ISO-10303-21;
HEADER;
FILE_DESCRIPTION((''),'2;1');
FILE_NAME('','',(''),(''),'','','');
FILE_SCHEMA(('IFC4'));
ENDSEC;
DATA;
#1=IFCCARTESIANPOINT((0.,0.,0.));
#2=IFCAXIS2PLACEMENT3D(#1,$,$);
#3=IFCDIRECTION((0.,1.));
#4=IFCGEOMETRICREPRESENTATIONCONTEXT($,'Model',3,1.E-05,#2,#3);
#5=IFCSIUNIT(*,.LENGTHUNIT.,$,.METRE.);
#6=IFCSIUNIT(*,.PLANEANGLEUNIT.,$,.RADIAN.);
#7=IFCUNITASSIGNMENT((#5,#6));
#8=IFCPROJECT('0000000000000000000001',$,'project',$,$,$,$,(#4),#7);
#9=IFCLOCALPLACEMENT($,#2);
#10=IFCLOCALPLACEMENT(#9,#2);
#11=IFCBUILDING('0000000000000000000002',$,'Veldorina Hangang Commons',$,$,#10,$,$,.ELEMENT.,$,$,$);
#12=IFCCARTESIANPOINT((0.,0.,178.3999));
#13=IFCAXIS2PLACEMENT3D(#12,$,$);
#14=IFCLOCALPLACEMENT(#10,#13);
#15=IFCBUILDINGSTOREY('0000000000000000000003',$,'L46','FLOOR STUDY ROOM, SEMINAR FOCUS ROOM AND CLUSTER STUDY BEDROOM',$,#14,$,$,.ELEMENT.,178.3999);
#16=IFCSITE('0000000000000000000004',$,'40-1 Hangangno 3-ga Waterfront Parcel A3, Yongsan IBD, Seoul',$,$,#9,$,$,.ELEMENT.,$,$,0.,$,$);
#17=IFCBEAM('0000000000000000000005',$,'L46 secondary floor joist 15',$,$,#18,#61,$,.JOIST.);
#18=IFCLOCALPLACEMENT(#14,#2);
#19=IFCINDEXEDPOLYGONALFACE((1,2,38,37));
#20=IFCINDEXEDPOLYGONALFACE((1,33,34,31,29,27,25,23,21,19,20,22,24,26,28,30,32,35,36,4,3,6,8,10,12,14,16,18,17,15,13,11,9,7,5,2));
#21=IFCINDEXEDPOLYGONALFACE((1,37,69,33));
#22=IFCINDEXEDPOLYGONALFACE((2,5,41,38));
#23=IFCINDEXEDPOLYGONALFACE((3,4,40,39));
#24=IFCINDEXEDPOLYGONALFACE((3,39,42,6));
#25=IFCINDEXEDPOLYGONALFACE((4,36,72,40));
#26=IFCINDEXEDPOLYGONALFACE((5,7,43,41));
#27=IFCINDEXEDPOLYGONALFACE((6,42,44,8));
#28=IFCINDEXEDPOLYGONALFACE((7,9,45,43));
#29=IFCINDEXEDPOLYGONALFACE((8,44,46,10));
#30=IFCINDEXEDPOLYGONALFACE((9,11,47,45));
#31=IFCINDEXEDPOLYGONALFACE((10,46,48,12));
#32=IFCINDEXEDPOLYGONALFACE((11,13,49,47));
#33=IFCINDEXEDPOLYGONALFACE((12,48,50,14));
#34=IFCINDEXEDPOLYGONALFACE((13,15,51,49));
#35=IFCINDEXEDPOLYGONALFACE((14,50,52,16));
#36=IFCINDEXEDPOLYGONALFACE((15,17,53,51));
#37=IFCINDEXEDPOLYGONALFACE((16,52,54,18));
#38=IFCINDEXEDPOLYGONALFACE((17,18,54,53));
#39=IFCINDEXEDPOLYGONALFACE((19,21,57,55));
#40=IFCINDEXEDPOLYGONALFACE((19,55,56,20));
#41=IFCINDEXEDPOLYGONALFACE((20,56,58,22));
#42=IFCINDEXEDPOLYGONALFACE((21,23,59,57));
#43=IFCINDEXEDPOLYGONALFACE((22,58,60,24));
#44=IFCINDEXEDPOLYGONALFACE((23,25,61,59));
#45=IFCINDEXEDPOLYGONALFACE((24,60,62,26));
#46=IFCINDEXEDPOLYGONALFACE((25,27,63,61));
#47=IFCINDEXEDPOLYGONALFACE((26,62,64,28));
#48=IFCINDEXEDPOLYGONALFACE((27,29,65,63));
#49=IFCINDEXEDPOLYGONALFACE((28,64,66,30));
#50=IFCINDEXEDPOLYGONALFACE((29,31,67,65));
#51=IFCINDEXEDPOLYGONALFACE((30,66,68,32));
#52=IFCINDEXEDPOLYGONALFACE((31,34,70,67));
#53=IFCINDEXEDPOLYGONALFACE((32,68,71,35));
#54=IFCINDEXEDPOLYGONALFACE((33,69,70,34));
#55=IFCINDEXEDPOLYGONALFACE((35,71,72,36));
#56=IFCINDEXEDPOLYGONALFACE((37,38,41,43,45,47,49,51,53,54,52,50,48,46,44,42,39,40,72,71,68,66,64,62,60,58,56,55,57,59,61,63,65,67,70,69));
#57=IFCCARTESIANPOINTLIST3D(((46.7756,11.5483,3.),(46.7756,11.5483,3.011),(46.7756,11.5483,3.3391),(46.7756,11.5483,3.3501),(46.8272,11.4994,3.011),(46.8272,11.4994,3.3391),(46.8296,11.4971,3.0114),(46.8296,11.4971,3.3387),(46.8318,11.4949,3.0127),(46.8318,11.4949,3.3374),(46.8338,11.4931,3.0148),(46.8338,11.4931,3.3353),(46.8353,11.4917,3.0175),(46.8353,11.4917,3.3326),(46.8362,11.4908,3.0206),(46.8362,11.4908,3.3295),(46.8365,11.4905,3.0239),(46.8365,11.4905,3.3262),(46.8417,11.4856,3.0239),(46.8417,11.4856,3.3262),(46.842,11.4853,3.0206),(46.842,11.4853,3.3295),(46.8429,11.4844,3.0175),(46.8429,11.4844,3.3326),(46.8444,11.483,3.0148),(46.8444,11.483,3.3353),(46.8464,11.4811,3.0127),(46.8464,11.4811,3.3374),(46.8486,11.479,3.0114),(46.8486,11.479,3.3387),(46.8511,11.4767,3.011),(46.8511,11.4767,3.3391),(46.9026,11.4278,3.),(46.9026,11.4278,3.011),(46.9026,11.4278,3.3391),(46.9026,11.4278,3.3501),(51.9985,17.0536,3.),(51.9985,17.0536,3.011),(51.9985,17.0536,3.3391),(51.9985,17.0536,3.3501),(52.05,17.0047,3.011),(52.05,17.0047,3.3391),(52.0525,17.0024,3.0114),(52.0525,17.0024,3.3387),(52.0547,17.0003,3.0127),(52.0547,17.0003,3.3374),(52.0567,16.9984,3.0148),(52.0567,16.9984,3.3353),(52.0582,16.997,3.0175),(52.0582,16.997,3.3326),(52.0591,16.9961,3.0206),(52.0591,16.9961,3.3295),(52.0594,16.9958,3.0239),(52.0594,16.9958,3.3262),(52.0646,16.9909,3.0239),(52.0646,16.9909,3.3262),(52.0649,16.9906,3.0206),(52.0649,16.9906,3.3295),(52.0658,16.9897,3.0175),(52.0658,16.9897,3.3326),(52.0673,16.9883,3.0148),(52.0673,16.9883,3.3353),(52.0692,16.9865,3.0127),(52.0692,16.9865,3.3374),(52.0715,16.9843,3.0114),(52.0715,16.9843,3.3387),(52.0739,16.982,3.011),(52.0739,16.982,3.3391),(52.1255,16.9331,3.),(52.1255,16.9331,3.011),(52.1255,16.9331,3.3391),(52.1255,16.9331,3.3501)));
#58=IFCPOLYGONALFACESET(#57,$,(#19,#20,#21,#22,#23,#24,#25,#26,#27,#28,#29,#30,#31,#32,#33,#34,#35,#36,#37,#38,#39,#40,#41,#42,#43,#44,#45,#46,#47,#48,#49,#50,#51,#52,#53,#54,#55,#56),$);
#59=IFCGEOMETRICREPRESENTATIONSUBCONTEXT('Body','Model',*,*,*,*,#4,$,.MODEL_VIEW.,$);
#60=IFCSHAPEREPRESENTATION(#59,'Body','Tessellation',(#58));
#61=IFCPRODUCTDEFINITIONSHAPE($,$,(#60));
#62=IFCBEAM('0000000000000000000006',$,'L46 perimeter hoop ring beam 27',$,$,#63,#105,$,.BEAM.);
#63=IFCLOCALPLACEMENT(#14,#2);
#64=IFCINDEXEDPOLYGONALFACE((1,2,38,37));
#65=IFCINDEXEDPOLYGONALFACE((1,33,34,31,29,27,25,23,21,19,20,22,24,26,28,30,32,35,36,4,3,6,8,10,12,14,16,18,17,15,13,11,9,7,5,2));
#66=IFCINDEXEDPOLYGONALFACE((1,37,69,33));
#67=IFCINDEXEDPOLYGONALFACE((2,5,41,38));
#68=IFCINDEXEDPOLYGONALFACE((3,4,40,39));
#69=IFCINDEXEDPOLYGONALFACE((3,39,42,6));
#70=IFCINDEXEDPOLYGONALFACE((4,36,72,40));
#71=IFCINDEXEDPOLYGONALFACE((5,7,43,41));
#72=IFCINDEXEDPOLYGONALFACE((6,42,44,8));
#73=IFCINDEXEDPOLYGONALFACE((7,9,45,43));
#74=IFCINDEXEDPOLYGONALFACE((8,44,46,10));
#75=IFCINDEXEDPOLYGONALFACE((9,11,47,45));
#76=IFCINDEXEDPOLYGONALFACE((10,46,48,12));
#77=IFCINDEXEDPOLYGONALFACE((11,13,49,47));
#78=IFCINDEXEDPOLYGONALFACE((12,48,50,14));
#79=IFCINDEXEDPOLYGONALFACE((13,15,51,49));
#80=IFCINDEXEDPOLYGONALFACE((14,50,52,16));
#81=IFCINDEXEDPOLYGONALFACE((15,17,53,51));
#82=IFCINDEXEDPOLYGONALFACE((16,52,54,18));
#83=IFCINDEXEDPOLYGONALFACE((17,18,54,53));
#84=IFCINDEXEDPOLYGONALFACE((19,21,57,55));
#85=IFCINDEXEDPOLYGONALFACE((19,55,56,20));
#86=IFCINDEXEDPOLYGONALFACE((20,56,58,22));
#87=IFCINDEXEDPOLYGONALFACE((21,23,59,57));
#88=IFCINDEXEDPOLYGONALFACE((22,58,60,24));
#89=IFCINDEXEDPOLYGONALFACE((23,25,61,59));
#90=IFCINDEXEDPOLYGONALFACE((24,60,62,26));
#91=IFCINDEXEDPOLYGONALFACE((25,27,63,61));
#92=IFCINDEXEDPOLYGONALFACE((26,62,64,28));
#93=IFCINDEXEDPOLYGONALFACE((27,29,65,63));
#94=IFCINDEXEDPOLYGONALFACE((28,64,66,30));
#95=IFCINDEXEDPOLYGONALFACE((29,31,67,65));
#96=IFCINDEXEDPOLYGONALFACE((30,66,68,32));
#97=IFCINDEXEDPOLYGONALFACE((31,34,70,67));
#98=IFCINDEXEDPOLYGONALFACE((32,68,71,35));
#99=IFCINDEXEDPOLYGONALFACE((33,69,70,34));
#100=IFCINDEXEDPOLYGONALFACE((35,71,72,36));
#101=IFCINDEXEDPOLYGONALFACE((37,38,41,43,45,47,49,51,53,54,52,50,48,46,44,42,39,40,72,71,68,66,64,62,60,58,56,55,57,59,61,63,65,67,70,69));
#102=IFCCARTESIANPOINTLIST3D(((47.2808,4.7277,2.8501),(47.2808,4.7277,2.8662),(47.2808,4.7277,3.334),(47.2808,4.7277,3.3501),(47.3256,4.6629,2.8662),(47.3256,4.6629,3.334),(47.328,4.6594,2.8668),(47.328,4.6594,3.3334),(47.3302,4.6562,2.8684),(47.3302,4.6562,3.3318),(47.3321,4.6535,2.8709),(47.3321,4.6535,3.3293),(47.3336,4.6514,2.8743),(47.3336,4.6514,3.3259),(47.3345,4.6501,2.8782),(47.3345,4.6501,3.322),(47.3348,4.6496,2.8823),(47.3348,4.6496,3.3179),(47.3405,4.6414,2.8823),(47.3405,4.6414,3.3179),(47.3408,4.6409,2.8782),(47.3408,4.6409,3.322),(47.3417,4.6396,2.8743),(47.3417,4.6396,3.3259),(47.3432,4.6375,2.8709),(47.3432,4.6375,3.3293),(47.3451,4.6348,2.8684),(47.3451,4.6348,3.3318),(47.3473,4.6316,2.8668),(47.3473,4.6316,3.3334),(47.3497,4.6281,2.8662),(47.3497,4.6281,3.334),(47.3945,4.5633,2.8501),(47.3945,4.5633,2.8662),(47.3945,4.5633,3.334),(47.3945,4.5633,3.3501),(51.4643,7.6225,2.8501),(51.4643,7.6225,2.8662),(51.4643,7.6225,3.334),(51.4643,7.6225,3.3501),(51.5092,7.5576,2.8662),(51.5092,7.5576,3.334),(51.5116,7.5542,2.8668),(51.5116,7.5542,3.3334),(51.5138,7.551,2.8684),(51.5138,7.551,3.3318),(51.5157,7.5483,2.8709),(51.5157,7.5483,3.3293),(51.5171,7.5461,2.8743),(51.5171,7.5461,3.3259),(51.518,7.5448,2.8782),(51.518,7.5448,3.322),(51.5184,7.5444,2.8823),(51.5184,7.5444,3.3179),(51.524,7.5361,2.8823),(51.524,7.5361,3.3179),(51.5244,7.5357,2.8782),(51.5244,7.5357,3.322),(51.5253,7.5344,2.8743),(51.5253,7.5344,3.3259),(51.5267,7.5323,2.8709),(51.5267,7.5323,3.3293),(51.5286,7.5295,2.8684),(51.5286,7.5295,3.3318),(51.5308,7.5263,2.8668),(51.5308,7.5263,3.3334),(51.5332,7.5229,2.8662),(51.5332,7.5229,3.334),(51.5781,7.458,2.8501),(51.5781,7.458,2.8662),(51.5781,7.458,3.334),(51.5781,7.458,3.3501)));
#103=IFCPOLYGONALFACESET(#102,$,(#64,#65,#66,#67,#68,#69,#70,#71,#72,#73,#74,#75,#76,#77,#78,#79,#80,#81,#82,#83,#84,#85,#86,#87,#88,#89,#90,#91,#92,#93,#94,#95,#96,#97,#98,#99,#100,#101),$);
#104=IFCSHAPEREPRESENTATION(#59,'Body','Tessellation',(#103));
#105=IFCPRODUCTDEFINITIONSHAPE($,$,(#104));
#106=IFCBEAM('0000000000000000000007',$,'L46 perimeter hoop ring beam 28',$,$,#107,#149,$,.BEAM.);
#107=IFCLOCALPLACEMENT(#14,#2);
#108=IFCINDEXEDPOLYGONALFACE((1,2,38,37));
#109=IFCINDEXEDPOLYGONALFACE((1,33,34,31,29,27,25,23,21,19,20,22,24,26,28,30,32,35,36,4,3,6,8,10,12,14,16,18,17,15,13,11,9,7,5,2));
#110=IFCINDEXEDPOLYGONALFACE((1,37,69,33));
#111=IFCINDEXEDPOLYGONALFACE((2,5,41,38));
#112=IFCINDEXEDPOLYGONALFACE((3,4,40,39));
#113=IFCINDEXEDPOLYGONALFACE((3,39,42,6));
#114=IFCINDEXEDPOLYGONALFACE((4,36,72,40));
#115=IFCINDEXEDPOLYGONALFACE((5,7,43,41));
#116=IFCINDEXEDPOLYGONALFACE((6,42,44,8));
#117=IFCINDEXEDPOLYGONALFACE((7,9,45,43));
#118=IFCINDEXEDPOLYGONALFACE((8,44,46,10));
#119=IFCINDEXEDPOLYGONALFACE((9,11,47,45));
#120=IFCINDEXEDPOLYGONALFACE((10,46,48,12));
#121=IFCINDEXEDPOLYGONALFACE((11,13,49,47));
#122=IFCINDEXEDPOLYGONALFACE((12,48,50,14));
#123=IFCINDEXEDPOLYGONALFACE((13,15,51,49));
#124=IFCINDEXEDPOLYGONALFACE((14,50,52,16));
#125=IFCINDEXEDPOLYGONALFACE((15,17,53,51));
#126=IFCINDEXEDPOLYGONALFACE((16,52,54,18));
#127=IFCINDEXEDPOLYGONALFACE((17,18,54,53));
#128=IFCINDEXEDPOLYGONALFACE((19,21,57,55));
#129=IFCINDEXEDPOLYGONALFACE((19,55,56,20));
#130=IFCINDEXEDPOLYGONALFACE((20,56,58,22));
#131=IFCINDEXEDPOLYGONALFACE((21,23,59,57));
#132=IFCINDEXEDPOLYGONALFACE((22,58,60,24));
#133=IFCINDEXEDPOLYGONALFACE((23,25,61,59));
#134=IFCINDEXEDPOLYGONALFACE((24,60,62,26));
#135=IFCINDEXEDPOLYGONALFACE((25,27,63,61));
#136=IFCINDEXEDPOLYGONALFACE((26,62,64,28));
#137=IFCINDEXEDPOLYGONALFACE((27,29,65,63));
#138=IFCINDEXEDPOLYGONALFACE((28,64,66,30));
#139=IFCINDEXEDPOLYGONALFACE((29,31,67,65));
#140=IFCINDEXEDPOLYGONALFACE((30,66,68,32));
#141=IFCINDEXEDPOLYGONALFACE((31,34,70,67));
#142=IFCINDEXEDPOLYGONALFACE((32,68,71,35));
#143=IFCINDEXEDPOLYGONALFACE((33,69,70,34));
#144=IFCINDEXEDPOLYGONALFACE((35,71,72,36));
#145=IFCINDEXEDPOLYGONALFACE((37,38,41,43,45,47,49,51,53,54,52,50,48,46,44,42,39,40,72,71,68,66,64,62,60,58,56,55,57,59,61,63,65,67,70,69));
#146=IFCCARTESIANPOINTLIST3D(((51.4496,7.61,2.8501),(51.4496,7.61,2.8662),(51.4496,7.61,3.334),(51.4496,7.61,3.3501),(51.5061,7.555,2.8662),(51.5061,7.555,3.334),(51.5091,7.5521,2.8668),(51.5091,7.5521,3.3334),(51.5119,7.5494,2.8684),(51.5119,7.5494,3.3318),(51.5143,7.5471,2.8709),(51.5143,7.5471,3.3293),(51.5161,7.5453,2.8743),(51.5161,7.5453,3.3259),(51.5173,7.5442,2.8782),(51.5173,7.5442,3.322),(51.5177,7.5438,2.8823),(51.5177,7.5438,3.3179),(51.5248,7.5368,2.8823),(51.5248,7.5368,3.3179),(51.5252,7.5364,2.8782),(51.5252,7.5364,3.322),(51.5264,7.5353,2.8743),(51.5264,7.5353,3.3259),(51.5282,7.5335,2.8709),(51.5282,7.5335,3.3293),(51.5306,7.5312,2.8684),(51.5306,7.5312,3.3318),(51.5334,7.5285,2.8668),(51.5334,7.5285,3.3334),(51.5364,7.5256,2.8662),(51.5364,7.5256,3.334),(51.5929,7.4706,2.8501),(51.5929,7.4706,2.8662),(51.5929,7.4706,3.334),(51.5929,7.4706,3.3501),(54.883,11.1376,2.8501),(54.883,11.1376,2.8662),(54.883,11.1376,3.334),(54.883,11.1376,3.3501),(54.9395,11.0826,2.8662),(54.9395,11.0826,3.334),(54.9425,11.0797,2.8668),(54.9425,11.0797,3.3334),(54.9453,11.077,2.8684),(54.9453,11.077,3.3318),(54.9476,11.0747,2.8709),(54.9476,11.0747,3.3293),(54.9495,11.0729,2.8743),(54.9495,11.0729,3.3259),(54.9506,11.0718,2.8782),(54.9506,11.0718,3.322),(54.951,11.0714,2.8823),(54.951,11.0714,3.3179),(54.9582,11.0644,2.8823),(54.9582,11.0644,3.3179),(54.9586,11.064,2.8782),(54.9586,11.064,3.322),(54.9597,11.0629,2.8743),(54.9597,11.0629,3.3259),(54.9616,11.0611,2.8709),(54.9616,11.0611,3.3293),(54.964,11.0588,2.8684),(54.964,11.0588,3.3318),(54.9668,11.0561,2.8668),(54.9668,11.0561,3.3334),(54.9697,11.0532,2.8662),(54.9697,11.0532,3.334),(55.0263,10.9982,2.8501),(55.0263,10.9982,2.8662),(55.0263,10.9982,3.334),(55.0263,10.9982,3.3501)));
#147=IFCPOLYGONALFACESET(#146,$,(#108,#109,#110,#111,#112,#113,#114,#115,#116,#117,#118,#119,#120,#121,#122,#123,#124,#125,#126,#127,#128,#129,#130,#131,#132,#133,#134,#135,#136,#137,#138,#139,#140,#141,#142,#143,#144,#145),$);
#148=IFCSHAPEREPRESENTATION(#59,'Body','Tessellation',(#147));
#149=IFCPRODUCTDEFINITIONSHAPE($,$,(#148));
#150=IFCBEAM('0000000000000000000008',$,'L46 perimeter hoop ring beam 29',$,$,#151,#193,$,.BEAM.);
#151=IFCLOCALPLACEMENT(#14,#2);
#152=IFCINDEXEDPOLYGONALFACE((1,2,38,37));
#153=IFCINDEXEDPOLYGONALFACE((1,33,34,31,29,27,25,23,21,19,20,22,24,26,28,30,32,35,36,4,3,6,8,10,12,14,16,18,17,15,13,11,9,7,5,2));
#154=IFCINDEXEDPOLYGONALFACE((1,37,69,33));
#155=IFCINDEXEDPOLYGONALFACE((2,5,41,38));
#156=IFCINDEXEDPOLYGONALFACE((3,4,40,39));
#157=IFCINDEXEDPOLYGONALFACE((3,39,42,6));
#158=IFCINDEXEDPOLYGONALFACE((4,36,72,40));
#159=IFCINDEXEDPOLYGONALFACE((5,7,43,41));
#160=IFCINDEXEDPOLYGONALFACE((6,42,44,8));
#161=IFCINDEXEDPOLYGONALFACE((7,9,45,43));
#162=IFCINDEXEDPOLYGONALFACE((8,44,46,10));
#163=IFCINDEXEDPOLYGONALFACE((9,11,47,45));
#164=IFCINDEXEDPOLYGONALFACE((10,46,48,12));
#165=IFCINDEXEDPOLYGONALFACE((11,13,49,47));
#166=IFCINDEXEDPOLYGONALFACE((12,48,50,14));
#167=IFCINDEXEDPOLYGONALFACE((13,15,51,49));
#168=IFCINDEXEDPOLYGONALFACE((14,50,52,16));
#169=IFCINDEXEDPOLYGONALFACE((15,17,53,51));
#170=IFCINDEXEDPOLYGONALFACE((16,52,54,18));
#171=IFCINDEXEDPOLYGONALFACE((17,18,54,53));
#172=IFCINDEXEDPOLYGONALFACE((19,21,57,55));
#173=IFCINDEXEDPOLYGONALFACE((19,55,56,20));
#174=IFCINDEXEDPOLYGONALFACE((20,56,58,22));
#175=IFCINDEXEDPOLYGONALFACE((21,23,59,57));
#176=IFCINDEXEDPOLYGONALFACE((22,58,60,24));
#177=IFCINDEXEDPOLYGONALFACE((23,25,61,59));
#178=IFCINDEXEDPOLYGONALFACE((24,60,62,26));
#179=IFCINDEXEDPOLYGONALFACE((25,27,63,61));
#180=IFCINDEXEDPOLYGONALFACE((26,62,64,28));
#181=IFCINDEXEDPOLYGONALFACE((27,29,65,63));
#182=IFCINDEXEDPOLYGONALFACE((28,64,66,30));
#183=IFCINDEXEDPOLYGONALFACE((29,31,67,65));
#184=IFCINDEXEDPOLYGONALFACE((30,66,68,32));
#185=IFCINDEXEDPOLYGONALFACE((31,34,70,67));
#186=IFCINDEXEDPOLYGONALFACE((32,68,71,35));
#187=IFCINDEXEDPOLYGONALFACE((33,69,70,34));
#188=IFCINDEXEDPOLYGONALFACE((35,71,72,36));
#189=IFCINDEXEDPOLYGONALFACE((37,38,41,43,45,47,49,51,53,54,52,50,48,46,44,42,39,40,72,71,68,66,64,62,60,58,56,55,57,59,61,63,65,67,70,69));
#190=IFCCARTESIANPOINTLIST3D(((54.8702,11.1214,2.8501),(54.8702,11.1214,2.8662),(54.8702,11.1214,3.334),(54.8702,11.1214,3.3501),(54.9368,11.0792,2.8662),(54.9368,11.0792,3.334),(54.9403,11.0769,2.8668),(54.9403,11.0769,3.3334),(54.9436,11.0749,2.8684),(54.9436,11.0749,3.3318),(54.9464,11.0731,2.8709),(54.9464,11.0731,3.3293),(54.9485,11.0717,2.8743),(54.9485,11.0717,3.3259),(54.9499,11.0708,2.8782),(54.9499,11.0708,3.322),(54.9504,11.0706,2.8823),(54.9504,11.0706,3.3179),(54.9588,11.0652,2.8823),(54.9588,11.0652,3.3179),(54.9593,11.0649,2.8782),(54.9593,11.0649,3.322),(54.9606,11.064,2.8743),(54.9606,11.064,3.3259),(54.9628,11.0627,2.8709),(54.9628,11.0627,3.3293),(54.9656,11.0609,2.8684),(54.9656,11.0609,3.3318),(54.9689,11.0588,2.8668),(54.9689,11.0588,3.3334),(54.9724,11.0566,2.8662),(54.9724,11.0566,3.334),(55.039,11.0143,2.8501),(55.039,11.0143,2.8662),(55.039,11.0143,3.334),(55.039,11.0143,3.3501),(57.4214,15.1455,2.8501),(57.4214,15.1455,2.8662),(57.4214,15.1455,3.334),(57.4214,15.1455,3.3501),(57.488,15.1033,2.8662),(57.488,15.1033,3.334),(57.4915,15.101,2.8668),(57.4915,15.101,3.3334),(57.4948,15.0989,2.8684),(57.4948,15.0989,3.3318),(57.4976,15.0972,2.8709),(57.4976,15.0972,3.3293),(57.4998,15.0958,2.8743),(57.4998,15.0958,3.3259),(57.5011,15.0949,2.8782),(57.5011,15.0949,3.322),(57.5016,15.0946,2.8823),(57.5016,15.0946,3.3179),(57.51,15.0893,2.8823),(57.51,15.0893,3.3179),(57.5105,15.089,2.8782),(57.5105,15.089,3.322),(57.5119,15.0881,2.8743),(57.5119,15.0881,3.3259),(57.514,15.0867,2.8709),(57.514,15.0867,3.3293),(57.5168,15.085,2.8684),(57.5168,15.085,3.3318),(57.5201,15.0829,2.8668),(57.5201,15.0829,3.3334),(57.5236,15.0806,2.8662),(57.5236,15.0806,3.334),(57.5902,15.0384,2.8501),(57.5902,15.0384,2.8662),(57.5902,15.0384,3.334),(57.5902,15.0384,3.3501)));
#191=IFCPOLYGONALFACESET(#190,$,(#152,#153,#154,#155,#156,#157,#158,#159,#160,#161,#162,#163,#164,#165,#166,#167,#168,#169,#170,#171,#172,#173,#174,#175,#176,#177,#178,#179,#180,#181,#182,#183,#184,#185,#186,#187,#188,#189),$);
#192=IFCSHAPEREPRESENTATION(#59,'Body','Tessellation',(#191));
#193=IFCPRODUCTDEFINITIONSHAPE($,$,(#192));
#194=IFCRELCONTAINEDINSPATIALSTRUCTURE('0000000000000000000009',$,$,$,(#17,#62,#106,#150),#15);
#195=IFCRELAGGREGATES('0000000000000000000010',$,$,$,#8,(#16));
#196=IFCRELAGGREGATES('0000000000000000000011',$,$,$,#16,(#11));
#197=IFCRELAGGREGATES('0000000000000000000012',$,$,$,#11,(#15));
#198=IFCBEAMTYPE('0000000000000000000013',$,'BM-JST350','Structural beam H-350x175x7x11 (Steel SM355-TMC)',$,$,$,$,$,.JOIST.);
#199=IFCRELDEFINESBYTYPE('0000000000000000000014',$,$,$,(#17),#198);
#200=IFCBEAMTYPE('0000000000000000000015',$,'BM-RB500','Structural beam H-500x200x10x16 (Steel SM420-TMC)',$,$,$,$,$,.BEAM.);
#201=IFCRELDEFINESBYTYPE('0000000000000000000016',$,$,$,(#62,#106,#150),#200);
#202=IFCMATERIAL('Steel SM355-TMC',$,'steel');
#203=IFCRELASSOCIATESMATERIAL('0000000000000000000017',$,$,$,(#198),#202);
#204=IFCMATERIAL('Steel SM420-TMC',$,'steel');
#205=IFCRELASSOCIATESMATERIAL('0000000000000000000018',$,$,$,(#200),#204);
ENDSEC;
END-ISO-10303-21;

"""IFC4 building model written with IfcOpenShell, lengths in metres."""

from ifc_helpers import new_model, si_unit, direction, frame, origin, origin_2d, place, context, subcontext, project, spatial, i_section, extrude, material, material_profile, profile_set, type_object, element, save


model = new_model("IFC4")

# Units and contexts
model_context = context("Model", 3, precision=1e-05, world=origin(), true_north=direction((0.0, 1.0)))
body_context = subcontext(model_context, "Body", "Model", "MODEL_VIEW")
ifc_project = project(units=[si_unit("LENGTHUNIT", "METRE"), si_unit("PLANEANGLEUNIT", "RADIAN")], contexts=[model_context])

# Site, building, storey
site_placement = place(None, origin())
site = spatial("IfcSite", under=ifc_project, at=site_placement, Name="40-1 Hangangno 3-ga Waterfront Parcel A3, Yongsan IBD, Seoul", CompositionType="ELEMENT", RefElevation=0.0)
building_placement = place(site_placement, origin())
building = spatial("IfcBuilding", under=site, at=building_placement, Name="Veldorina Hangang Commons", CompositionType="ELEMENT")
storey_placement = place(building_placement, frame((0.0, 0.0, 178.3999)))
storey = spatial("IfcBuildingStorey", under=building, at=storey_placement, Name="L46", Description="FLOOR STUDY ROOM, SEMINAR FOCUS ROOM AND CLUSTER STUDY BEDROOM", CompositionType="ELEMENT", Elevation=178.3999)

# Beams
ifc_material_1 = material(Name="Steel SM355-TMC", Category="steel")
ifc_material_profile_1 = material_profile(ifc_material_1, i_section(OverallWidth=0.175, OverallDepth=0.3501, WebThickness=0.0071, FlangeThickness=0.011, FilletRadius=0.0129, at=origin_2d()), Name="H-350x175x7x11")
ifc_profile_set_1 = profile_set([ifc_material_profile_1], Name="Steel SM355-TMC")
beam_type_1 = type_object("IfcBeamType", Name="BM-JST350", Description="Structural beam H-350x175x7x11 (Steel SM355-TMC)", PredefinedType="JOIST", material=ifc_profile_set_1)
beam_1_placement = place(storey_placement, frame((46.8391, 11.488, 3.175), z_axis=(0.68825, 0.725473, 0.0), x_axis=(-0.725473, 0.68825, 0.0)))
element("IfcBeam", 1, at=beam_1_placement, inside=storey, type_object=beam_type_1, Name="L46 secondary floor joist 15", PredefinedType="JOIST", context=body_context, shape_type="SweptSolid", body=[
    extrude(i_section(OverallWidth=0.175, OverallDepth=0.3501, WebThickness=0.0071, FlangeThickness=0.011, FilletRadius=0.0129, at=origin_2d()), origin(), (0.0, 0.0, 1.0), 7.5886),
])
ifc_material_2 = material(Name="Steel SM420-TMC", Category="steel")
ifc_material_profile_2 = material_profile(ifc_material_2, i_section(OverallWidth=0.2, OverallDepth=0.5, WebThickness=0.01, FlangeThickness=0.0161, FilletRadius=0.0161, at=origin_2d()), Name="H-500x200x10x16")
ifc_profile_set_2 = profile_set([ifc_material_profile_2], Name="Steel SM420-TMC")
beam_type_2 = type_object("IfcBeamType", Name="BM-RB500", Description="Structural beam H-500x200x10x16 (Steel SM420-TMC)", PredefinedType="BEAM", material=ifc_profile_set_2)
beam_2_placement = place(storey_placement, frame((47.3376, 4.6455, 3.1001), z_axis=(0.822336, 0.569003, 0.0), x_axis=(-0.569003, 0.822336, 0.0)))
element("IfcBeam", 2, at=beam_2_placement, inside=storey, type_object=beam_type_2, Name="L46 perimeter hoop ring beam 27", PredefinedType="BEAM", context=body_context, shape_type="SweptSolid", body=[
    extrude(i_section(OverallWidth=0.2, OverallDepth=0.5, WebThickness=0.01, FlangeThickness=0.0161, FilletRadius=0.0161, at=origin_2d()), origin(), (0.0, 0.0, 1.0), 5.0874),
])
beam_3_placement = place(storey_placement, frame((51.5212, 7.5403, 3.1001), z_axis=(0.69747, 0.716614, 0.0), x_axis=(-0.716614, 0.69747, 0.0)))
element("IfcBeam", 3, at=beam_3_placement, inside=storey, type_object=beam_type_2, Name="L46 perimeter hoop ring beam 28", PredefinedType="BEAM", context=body_context, shape_type="SweptSolid", body=[
    extrude(i_section(OverallWidth=0.2, OverallDepth=0.5, WebThickness=0.01, FlangeThickness=0.0161, FilletRadius=0.0161, at=origin_2d()), origin(), (0.0, 0.0, 1.0), 4.9226),
])
beam_4_placement = place(storey_placement, frame((54.9546, 11.0679, 3.1001), z_axis=(0.535446, 0.84457, 0.0), x_axis=(-0.84457, 0.535446, 0.0)))
element("IfcBeam", 4, at=beam_4_placement, inside=storey, type_object=beam_type_2, Name="L46 perimeter hoop ring beam 29", PredefinedType="BEAM", context=body_context, shape_type="SweptSolid", body=[
    extrude(i_section(OverallWidth=0.2, OverallDepth=0.5, WebThickness=0.01, FlangeThickness=0.0161, FilletRadius=0.0161, at=origin_2d()), origin(), (0.0, 0.0, 1.0), 4.7646),
])

save(model, "model.ifc")
